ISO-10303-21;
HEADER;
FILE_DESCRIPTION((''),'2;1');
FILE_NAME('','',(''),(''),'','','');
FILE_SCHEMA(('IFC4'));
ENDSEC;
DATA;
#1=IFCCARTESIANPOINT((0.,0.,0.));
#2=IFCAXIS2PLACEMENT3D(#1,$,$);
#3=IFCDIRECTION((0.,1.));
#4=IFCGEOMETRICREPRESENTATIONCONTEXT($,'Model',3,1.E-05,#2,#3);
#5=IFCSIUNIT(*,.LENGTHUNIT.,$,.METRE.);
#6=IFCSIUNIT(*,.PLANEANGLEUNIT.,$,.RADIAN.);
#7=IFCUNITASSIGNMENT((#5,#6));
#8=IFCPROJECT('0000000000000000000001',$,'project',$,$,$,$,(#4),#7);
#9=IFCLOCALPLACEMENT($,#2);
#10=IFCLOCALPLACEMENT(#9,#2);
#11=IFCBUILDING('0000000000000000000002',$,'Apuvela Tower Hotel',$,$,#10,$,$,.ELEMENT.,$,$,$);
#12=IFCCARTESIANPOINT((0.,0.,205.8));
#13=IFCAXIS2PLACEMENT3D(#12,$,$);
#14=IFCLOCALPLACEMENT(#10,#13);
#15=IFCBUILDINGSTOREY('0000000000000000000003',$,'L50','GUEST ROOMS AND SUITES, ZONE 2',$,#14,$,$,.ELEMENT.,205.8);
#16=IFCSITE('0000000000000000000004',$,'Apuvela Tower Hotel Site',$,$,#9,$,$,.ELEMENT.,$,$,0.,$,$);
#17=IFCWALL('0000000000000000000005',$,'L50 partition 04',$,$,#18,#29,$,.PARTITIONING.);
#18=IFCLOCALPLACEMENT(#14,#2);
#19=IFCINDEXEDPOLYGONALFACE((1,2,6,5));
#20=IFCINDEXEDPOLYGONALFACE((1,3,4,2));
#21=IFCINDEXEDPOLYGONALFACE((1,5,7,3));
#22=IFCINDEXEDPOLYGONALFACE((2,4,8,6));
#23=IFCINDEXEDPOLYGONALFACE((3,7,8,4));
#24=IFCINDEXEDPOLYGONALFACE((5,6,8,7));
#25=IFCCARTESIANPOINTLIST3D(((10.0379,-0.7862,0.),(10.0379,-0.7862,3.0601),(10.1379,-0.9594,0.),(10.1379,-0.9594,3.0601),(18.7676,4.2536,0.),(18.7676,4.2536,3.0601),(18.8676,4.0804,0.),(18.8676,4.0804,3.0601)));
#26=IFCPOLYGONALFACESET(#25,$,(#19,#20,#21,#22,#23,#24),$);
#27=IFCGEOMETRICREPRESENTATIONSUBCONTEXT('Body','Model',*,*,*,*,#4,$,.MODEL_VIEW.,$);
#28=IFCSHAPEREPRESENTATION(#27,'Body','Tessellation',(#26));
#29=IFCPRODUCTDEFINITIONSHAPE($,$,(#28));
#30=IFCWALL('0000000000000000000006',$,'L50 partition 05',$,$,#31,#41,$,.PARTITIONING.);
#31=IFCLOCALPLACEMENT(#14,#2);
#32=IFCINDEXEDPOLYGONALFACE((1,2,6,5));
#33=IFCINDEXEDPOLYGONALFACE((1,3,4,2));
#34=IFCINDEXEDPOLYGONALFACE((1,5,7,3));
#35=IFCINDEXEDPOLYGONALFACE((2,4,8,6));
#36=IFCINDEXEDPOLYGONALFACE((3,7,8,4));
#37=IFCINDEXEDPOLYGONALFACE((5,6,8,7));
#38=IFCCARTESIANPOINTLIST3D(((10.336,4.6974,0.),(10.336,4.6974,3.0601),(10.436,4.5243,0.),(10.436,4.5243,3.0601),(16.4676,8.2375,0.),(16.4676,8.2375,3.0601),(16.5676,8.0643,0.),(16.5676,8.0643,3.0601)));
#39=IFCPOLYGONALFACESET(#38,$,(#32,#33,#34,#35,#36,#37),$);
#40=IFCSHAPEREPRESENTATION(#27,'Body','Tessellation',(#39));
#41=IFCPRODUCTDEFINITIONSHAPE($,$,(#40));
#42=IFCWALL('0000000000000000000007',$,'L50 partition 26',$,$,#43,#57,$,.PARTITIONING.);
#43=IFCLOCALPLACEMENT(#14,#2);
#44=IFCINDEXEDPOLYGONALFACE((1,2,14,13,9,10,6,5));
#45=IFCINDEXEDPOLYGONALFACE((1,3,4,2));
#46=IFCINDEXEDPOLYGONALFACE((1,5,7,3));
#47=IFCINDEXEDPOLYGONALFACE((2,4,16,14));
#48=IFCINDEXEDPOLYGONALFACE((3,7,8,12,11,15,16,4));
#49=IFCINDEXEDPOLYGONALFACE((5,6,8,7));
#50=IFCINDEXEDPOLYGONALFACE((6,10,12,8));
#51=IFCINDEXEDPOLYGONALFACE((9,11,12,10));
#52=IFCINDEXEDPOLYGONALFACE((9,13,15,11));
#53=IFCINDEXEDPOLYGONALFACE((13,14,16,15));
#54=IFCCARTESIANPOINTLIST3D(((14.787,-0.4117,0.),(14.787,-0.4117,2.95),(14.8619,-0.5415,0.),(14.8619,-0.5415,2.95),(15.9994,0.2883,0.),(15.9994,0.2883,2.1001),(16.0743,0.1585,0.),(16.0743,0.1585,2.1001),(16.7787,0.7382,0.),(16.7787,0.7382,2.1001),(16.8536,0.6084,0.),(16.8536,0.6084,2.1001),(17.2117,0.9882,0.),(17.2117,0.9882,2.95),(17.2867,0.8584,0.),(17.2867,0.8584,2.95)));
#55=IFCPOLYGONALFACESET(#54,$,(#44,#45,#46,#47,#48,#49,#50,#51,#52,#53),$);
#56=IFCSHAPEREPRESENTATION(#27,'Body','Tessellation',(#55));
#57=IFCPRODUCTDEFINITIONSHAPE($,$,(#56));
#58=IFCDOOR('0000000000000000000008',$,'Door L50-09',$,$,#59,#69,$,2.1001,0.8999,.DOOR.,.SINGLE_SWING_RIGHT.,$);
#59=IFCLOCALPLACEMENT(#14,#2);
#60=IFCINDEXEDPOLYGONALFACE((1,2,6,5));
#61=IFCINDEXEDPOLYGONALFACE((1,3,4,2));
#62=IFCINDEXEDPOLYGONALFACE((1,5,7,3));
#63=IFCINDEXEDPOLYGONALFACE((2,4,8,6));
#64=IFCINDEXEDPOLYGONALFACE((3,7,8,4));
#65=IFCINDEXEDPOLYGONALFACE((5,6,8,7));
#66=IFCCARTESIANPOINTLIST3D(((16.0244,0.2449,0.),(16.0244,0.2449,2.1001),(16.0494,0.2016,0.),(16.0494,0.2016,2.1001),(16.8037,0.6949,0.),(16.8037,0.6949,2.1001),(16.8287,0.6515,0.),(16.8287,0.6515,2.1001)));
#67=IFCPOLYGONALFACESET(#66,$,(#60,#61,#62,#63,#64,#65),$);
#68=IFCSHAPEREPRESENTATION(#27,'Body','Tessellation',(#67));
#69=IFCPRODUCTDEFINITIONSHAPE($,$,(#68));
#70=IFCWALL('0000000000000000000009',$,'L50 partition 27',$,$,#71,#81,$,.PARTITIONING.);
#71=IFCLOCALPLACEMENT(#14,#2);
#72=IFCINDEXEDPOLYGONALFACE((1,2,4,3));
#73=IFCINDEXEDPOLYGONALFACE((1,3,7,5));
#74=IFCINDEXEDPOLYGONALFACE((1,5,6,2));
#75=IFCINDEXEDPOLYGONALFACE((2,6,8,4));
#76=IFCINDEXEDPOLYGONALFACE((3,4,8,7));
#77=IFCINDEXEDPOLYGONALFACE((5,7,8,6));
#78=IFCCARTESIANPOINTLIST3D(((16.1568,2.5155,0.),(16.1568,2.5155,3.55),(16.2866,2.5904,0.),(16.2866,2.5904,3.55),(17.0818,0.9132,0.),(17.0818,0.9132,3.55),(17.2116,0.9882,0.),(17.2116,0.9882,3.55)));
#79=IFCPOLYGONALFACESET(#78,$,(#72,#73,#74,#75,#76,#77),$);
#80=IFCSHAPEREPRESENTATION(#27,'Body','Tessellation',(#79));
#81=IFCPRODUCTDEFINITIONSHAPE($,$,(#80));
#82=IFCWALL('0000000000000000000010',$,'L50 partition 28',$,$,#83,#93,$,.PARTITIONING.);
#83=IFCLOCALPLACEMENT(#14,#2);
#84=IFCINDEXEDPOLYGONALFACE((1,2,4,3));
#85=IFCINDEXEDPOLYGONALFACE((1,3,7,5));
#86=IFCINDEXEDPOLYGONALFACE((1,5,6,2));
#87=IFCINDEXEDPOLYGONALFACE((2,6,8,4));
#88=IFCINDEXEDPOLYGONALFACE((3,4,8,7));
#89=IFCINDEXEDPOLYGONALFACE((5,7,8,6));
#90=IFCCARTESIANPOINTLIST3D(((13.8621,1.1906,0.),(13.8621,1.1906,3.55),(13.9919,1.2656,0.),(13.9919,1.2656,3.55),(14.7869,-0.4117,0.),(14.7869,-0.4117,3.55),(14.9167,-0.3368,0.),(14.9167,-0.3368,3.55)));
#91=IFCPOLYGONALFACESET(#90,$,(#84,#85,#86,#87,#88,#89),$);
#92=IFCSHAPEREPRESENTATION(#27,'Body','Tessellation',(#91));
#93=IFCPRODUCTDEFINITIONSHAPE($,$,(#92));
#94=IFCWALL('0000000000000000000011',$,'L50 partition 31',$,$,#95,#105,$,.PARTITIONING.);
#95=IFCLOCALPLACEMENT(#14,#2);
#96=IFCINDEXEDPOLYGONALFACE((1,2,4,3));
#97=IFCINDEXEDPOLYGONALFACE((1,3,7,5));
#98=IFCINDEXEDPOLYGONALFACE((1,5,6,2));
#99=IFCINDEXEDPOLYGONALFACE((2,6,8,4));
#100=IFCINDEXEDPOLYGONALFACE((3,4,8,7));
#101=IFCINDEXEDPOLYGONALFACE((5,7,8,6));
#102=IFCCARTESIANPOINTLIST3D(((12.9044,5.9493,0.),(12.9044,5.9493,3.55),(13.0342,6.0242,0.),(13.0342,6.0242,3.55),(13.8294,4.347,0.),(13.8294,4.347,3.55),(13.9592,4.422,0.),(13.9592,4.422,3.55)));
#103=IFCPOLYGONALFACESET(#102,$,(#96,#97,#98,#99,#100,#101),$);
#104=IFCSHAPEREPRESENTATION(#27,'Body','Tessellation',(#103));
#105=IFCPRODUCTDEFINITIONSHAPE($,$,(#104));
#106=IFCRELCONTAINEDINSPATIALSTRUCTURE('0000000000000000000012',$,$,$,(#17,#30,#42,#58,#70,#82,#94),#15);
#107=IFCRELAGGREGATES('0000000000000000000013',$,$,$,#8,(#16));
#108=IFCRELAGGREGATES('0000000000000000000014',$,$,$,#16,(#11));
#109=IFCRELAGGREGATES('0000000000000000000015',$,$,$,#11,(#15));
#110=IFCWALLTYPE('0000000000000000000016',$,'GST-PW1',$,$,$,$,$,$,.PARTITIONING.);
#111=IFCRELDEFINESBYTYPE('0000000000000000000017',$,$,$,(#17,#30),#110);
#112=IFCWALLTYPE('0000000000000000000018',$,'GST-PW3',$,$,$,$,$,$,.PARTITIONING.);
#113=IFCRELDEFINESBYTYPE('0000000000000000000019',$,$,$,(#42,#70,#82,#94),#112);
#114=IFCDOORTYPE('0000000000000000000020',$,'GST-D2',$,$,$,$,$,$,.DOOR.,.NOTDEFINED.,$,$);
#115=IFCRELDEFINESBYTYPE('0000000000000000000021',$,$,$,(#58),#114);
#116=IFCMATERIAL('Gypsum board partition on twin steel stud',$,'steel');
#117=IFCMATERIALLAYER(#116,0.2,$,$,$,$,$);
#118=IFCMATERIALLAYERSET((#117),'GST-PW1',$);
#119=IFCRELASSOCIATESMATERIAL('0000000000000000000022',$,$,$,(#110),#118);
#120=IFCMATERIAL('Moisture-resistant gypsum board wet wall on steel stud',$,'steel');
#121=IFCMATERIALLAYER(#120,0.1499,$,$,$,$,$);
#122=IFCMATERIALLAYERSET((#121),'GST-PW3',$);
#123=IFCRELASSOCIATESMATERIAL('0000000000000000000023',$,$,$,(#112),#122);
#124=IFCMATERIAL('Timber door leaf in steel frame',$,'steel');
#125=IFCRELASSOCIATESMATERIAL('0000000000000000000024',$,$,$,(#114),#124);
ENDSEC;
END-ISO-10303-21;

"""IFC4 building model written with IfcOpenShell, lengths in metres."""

from ifc_helpers import new_model, si_unit, direction, frame, frame_2d, origin, place, context, subcontext, project, spatial, rectangle, extrude, material, layer, layer_set, type_object, element, fill, save


model = new_model("IFC4")

# Units and contexts
model_context = context("Model", 3, precision=1e-05, world=origin(), true_north=direction((0.0, 1.0)))
body_context = subcontext(model_context, "Body", "Model", "MODEL_VIEW")
ifc_project = project(units=[si_unit("LENGTHUNIT", "METRE"), si_unit("PLANEANGLEUNIT", "RADIAN")], contexts=[model_context])

# Site, building, storey
site_placement = place(None, origin())
site = spatial("IfcSite", under=ifc_project, at=site_placement, Name="Apuvela Tower Hotel Site", CompositionType="ELEMENT", RefElevation=0.0)
building_placement = place(site_placement, origin())
building = spatial("IfcBuilding", under=site, at=building_placement, Name="Apuvela Tower Hotel", CompositionType="ELEMENT")
storey_placement = place(building_placement, frame((0.0, 0.0, 205.8)))
storey = spatial("IfcBuildingStorey", under=building, at=storey_placement, Name="L50", Description="GUEST ROOMS AND SUITES, ZONE 2", CompositionType="ELEMENT", Elevation=205.8)

# Walls
ifc_material_1 = material(Name="Gypsum board partition on twin steel stud", Category="steel")
ifc_layer_1 = layer(ifc_material_1, 0.2)
ifc_layer_set_1 = layer_set([ifc_layer_1], Name="GST-PW1")
wall_type_1 = type_object("IfcWallType", Name="GST-PW1", PredefinedType="PARTITIONING", material=ifc_layer_set_1)
wall_1_placement = place(storey_placement, frame((18.8176, 4.167, 0.0), z_axis=(0.0, 0.0, 1.0), x_axis=(-0.866039, -0.499976, 0.0)))
element("IfcWall", 1, at=wall_1_placement, inside=storey, type_object=wall_type_1, Name="L50 partition 04", PredefinedType="PARTITIONING", context=body_context, shape_type="SweptSolid", body=[
    extrude(rectangle(XDim=10.0801, YDim=0.2, at=frame_2d((5.04, 0.0))), origin(), (0.0, 0.0, 1.0), 3.0601),
])
wall_2_placement = place(storey_placement, frame((16.5176, 8.1509, 0.0), z_axis=(0.0, 0.0, 1.0), x_axis=(-0.866028, -0.499996, 0.0)))
element("IfcWall", 2, at=wall_2_placement, inside=storey, type_object=wall_type_1, Name="L50 partition 05", PredefinedType="PARTITIONING", context=body_context, shape_type="SweptSolid", body=[
    extrude(rectangle(XDim=7.0801, YDim=0.2, at=frame_2d((3.54, 0.0))), origin(), (0.0, 0.0, 1.0), 3.0601),
])

# Wall, opening, door
ifc_material_2 = material(Name="Moisture-resistant gypsum board wet wall on steel stud", Category="steel")
ifc_layer_2 = layer(ifc_material_2, 0.1499)
ifc_layer_set_2 = layer_set([ifc_layer_2], Name="GST-PW3")
wall_type_2 = type_object("IfcWallType", Name="GST-PW3", PredefinedType="PARTITIONING", material=ifc_layer_set_2)
wall_3_placement = place(storey_placement, frame((14.8245, -0.4766, 0.0), z_axis=(0.0, 0.0, 1.0), x_axis=(0.866035, 0.499984, 0.0)))
wall_3 = element("IfcWall", 3, at=wall_3_placement, inside=storey, type_object=wall_type_2, Name="L50 partition 26", PredefinedType="PARTITIONING", context=body_context, shape_type="SweptSolid", body=[
    extrude(rectangle(XDim=2.7998, YDim=0.1499, at=frame_2d((1.3999, 0.0))), origin(), (0.0, 0.0, 1.0), 2.95),
])
opening_1_placement = place(wall_3_placement, frame((1.3999, 0.0, 0.0)))
opening_1 = element("IfcOpeningElement", 4, at=opening_1_placement, cuts=wall_3, PredefinedType="OPENING", context=body_context, shape_type="SweptSolid", body=[
    extrude(rectangle(XDim=0.8999, YDim=2.1001, at=frame_2d((0.45, 1.05))), frame((0.0, 0.085, 0.0), z_axis=(0.0, -1.0, 0.0), x_axis=(1.0, 0.0, 0.0)), (0.0, 0.0, 1.0), 0.1699),
])
ifc_material_3 = material(Name="Timber door leaf in steel frame", Category="steel")
door_type_1 = type_object("IfcDoorType", Name="GST-D2", OperationType="NOTDEFINED", PredefinedType="DOOR", material=ifc_material_3)
door_1_placement = place(opening_1_placement, origin())
door_1 = element("IfcDoor", 5, at=door_1_placement, inside=storey, type_object=door_type_1, Name="Door L50-09", OperationType="SINGLE_SWING_RIGHT", OverallHeight=2.1001, OverallWidth=0.8999, PredefinedType="DOOR", context=body_context, shape_type="SweptSolid", body=[
    extrude(rectangle(XDim=0.8999, YDim=2.1001, at=frame_2d((0.45, 1.05))), frame((0.0, 0.0249, 0.0), z_axis=(0.0, -1.0, 0.0), x_axis=(1.0, 0.0, 0.0)), (0.0, 0.0, 1.0), 0.05),
])
fill(opening_1, door_1)

# Walls
for number, where, z_axis, x_axis, name in (
    (6, (17.1467, 0.9507, 0.0), (0.0, 0.0, 1.0), (-0.499985, 0.866034, 0.0), "L50 partition 27"),
    (7, (14.8518, -0.3743, 0.0), (0.0, 0.0, 1.0), (-0.499886, 0.866091, 0.0), "L50 partition 28"),
    (8, (13.8943, 4.3845, 0.0), (0.0, 0.0, 1.0), (-0.499985, 0.866034, 0.0), "L50 partition 31"),
):
    element("IfcWall", number, at=place(storey_placement, frame(where, z_axis=z_axis, x_axis=x_axis)), inside=storey, type_object=wall_type_2, Name=name, PredefinedType="PARTITIONING", context=body_context, shape_type="SweptSolid", body=[
        extrude(rectangle(XDim=1.8501, YDim=0.1499, at=frame_2d((0.925, 0.0))), origin(), (0.0, 0.0, 1.0), 3.55),
    ])

save(model, "model.ifc")
